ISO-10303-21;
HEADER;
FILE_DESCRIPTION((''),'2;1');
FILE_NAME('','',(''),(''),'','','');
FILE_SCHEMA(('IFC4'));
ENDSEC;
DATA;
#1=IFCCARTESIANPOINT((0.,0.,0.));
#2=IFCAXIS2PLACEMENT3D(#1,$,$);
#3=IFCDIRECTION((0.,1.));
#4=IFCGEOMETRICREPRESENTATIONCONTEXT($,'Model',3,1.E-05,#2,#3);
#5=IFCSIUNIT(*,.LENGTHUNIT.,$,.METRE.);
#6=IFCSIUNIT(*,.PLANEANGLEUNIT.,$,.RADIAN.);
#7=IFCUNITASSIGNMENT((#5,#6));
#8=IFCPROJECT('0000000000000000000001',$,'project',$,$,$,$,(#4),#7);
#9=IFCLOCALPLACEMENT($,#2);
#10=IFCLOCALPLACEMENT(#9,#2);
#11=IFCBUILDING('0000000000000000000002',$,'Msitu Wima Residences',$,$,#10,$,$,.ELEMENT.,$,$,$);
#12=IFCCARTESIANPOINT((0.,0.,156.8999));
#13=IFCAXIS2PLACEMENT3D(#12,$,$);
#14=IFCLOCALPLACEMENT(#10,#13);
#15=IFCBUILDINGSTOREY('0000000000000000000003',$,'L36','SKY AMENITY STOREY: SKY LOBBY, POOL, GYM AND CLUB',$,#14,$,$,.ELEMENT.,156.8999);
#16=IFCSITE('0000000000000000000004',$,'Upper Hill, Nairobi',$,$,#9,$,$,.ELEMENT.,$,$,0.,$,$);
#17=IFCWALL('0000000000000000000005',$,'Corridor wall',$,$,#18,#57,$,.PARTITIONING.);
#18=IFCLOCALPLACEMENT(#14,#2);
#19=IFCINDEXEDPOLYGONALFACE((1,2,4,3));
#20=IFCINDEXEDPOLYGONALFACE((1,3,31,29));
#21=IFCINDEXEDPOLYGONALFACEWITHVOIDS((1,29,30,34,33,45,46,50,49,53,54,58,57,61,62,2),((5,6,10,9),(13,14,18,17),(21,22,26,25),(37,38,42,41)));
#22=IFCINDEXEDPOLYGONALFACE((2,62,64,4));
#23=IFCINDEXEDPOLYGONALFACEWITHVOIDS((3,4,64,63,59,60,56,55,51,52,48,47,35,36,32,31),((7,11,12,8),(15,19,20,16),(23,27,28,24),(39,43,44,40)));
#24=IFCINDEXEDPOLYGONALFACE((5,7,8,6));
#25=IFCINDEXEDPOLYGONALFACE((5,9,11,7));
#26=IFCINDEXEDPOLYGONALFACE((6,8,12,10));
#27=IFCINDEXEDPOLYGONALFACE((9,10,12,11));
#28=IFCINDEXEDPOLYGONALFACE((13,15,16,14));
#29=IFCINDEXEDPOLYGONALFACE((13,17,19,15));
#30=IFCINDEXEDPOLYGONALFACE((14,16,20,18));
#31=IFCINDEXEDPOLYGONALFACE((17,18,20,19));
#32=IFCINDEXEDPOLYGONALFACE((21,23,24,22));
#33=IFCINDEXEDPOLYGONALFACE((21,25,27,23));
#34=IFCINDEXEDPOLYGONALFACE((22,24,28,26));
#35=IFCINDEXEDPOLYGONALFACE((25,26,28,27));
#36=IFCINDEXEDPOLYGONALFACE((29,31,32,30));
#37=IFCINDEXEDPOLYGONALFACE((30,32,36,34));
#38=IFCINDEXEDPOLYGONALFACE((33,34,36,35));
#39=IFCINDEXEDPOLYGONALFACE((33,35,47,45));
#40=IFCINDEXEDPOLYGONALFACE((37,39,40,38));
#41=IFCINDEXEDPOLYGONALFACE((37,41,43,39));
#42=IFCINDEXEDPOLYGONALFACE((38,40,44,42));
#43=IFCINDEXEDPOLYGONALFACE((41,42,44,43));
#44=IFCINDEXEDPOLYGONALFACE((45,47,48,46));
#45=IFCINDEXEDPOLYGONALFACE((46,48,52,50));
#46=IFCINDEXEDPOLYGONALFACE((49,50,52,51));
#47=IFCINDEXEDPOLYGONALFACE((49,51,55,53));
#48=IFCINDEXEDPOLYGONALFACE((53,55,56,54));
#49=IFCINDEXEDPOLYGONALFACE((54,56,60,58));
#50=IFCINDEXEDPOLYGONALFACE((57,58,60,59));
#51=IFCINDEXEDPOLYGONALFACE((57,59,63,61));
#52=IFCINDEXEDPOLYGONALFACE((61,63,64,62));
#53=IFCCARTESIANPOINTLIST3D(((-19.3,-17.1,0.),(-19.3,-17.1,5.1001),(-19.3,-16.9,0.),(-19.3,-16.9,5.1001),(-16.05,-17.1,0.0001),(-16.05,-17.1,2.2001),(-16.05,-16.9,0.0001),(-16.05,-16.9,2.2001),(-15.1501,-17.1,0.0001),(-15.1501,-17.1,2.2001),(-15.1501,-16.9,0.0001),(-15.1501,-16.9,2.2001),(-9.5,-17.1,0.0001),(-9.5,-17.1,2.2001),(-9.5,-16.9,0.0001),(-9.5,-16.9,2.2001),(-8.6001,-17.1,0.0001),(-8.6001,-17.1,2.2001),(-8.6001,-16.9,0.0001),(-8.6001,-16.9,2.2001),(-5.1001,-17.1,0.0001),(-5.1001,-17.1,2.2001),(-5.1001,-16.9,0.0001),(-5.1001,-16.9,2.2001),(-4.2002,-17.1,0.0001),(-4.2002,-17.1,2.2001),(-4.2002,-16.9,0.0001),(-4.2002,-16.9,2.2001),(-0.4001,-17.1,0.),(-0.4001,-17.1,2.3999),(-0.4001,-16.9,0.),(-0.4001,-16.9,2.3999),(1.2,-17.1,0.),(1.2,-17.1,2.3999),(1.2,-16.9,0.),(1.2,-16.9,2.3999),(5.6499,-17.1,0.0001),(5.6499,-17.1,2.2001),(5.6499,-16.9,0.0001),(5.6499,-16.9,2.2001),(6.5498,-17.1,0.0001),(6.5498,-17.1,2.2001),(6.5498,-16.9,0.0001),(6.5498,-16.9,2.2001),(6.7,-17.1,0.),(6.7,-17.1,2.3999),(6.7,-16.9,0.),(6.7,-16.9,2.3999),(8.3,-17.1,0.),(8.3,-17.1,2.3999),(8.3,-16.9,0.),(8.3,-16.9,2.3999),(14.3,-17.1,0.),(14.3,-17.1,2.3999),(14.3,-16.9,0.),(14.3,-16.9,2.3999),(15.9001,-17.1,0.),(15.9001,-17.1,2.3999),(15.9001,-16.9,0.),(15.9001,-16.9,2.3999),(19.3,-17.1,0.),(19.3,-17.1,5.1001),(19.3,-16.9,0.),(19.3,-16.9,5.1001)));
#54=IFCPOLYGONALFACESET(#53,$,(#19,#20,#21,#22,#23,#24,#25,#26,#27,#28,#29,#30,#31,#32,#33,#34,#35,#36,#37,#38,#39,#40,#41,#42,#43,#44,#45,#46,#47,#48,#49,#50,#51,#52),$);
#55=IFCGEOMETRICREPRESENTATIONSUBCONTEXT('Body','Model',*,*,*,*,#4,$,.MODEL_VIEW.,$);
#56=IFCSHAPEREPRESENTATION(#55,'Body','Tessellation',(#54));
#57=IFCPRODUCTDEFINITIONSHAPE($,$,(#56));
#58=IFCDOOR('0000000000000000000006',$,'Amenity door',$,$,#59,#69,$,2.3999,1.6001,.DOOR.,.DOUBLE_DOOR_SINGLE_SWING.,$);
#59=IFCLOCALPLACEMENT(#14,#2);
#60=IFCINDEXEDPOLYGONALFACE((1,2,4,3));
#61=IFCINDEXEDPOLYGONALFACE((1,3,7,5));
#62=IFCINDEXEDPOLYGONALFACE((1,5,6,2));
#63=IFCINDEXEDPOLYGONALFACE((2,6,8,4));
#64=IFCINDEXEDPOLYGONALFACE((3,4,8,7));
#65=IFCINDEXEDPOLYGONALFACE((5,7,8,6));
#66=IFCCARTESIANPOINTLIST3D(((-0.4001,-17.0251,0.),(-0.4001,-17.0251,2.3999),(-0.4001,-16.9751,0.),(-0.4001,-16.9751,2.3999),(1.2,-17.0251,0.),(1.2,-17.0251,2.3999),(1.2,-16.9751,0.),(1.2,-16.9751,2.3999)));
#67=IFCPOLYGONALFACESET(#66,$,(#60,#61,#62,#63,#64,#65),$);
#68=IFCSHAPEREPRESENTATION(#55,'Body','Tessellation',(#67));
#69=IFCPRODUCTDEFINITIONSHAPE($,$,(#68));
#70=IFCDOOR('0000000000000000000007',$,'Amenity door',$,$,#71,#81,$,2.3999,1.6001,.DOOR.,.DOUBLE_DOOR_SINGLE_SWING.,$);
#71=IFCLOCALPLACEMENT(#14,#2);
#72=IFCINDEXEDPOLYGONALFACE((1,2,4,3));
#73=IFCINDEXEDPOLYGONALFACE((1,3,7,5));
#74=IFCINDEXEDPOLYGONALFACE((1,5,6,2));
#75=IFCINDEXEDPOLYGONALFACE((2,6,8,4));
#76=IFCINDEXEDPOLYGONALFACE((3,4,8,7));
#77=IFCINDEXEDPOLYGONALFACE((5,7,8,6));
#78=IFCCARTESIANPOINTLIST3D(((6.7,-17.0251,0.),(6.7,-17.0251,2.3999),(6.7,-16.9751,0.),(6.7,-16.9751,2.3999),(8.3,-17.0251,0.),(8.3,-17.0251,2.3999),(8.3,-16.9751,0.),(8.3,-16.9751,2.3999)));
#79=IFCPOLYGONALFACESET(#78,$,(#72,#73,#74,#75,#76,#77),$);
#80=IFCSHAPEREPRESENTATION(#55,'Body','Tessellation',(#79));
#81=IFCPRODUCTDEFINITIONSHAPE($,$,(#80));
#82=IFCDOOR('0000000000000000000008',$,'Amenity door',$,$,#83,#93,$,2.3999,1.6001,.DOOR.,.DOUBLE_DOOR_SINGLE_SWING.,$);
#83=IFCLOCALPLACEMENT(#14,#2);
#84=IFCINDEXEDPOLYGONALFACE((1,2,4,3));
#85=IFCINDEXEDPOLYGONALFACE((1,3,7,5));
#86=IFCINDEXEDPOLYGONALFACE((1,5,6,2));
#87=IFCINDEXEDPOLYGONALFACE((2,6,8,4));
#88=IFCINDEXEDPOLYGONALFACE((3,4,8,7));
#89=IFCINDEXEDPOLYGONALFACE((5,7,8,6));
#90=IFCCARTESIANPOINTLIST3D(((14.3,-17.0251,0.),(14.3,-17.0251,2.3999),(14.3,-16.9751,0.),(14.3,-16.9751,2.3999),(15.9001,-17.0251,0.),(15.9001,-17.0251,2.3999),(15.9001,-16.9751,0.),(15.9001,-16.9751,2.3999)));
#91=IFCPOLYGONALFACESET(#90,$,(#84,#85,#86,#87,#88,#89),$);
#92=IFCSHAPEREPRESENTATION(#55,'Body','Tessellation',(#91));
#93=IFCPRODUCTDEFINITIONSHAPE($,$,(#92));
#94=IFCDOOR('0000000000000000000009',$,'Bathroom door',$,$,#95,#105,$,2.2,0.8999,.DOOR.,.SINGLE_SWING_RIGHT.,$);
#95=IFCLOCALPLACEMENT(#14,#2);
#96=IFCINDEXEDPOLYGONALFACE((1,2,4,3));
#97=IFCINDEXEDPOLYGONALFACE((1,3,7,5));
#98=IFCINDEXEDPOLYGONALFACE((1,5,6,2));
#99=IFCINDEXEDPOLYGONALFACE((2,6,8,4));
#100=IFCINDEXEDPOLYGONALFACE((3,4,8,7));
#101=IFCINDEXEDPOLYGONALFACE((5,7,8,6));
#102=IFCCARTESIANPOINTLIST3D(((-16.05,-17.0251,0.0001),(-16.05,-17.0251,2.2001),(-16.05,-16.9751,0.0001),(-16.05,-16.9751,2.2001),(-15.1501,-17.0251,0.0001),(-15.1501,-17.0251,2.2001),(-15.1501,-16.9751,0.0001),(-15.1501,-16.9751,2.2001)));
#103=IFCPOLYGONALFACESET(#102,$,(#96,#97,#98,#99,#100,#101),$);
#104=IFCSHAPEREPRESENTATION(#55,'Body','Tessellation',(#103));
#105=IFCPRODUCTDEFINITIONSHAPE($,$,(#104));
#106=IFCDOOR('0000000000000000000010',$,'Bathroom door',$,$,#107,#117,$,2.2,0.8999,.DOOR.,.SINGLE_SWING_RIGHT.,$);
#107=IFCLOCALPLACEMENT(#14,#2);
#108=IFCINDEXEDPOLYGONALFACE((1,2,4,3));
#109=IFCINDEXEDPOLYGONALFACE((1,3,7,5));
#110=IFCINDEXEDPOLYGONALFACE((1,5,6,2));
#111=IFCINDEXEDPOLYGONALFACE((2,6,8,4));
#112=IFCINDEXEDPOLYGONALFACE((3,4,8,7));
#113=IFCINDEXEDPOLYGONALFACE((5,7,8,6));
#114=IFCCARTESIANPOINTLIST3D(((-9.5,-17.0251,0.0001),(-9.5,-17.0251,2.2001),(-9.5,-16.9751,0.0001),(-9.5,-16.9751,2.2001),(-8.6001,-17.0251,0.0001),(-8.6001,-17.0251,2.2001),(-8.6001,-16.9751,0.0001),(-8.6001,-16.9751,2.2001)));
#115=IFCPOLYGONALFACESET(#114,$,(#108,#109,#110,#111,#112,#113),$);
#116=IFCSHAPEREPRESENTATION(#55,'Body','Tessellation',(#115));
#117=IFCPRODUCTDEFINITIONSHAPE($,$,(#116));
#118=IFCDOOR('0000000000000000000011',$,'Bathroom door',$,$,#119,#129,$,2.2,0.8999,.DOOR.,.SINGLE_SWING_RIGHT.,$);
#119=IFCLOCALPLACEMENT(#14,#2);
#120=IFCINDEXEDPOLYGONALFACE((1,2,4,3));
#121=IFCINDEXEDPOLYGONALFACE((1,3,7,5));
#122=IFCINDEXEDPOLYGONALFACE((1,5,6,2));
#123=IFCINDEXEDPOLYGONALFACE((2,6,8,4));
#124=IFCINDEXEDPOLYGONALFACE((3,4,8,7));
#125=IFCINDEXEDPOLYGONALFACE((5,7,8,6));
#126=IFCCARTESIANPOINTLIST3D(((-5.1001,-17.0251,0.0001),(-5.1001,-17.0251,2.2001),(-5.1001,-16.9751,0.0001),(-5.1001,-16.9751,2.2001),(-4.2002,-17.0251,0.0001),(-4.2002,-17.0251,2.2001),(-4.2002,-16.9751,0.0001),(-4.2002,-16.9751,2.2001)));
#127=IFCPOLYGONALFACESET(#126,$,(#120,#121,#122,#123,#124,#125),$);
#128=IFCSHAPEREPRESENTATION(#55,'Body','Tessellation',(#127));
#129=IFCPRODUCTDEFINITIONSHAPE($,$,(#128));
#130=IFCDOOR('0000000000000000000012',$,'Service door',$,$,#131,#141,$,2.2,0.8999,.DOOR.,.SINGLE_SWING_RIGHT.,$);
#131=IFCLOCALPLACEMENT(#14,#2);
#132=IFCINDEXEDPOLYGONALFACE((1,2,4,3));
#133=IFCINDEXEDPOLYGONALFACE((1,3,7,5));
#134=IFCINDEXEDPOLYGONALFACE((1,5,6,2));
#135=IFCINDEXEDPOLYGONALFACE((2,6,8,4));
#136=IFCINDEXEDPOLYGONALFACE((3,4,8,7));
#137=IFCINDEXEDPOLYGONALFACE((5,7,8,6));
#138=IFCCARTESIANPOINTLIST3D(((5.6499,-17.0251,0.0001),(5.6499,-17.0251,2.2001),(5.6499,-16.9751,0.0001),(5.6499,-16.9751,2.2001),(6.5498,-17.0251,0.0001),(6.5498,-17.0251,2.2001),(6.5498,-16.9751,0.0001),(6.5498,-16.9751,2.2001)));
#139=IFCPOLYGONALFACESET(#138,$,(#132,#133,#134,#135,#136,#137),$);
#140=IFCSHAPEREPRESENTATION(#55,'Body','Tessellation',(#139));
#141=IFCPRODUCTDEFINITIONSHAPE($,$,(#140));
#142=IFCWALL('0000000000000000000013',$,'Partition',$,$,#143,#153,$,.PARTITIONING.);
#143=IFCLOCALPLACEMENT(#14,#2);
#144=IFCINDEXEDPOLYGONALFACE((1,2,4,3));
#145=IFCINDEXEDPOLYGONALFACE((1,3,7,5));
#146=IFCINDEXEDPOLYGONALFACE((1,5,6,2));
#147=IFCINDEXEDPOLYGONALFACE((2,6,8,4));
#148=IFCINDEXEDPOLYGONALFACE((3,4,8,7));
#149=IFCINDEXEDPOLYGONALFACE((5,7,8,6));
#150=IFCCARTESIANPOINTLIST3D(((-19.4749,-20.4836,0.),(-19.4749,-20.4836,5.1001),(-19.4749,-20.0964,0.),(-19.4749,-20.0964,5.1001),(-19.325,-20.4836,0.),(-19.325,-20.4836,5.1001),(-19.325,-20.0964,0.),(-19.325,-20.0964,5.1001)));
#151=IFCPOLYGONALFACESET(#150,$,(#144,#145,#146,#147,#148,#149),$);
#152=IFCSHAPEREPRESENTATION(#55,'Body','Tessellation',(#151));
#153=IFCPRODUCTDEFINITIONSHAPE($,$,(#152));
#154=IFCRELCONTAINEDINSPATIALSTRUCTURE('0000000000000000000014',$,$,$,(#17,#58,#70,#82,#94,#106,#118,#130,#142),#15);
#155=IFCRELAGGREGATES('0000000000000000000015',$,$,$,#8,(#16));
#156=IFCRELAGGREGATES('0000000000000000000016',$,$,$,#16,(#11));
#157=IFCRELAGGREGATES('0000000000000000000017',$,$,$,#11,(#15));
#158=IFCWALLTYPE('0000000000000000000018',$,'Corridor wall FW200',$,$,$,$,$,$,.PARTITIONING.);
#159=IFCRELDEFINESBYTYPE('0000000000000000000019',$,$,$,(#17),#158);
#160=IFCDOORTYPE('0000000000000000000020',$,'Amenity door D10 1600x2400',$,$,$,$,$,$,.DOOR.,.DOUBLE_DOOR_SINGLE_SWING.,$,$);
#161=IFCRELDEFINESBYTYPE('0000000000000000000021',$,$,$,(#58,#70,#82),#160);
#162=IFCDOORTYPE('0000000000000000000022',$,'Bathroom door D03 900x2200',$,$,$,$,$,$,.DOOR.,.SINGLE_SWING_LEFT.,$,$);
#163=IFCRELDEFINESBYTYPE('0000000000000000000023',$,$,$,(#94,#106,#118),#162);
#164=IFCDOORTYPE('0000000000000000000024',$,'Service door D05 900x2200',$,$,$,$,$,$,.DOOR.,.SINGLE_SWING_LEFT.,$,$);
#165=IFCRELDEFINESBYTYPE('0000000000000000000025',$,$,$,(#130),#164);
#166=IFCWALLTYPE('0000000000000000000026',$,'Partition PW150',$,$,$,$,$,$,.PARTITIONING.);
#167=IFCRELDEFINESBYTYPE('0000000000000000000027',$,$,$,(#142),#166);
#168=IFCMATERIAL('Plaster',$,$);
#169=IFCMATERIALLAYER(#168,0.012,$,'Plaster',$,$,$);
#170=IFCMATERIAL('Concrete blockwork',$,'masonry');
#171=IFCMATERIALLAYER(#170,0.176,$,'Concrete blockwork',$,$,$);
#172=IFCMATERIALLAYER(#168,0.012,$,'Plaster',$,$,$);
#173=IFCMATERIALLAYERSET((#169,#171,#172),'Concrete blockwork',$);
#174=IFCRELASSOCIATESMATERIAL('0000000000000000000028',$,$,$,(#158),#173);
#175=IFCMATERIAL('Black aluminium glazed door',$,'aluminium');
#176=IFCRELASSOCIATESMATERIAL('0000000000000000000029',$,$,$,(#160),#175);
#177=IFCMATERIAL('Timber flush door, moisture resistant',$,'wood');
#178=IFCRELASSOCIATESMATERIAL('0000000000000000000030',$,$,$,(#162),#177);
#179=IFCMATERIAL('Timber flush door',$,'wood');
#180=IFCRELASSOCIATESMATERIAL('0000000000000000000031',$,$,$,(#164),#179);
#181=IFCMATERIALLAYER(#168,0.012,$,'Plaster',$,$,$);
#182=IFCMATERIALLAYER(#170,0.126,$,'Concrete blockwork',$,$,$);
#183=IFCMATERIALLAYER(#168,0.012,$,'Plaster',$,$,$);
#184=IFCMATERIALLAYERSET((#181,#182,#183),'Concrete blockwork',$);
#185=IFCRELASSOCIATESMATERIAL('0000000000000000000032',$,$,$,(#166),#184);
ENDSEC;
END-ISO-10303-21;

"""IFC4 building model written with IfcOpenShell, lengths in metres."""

from ifc_helpers import new_model, si_unit, direction, frame, frame_2d, origin, place, context, subcontext, project, spatial, rectangle, extrude, material, layer, layer_set, type_object, element, fill, save


model = new_model("IFC4")

# Units and contexts
model_context = context("Model", 3, precision=1e-05, world=origin(), true_north=direction((0.0, 1.0)))
body_context = subcontext(model_context, "Body", "Model", "MODEL_VIEW")
ifc_project = project(units=[si_unit("LENGTHUNIT", "METRE"), si_unit("PLANEANGLEUNIT", "RADIAN")], contexts=[model_context])

# Site, building, storey
site_placement = place(None, origin())
site = spatial("IfcSite", under=ifc_project, at=site_placement, Name="Upper Hill, Nairobi", CompositionType="ELEMENT", RefElevation=0.0)
building_placement = place(site_placement, origin())
building = spatial("IfcBuilding", under=site, at=building_placement, Name="Msitu Wima Residences", CompositionType="ELEMENT")
storey_placement = place(building_placement, frame((0.0, 0.0, 156.8999)))
storey = spatial("IfcBuildingStorey", under=building, at=storey_placement, Name="L36", Description="SKY AMENITY STOREY: SKY LOBBY, POOL, GYM AND CLUB", CompositionType="ELEMENT", Elevation=156.8999)

# Wall, openings, doors
ifc_material_1 = material(Name="Plaster")
ifc_layer_1 = layer(ifc_material_1, 0.012, Name="Plaster")
ifc_material_2 = material(Name="Concrete blockwork", Category="masonry")
ifc_layer_2 = layer(ifc_material_2, 0.176, Name="Concrete blockwork")
ifc_layer_3 = layer(ifc_material_1, 0.012, Name="Plaster")
ifc_layer_set_1 = layer_set([ifc_layer_1, ifc_layer_2, ifc_layer_3], Name="Concrete blockwork")
wall_type_1 = type_object("IfcWallType", Name="Corridor wall FW200", PredefinedType="PARTITIONING", material=ifc_layer_set_1)
ifc_material_3 = material(Name="Black aluminium glazed door", Category="aluminium")
door_type_1 = type_object("IfcDoorType", Name="Amenity door D10 1600x2400", OperationType="DOUBLE_DOOR_SINGLE_SWING", PredefinedType="DOOR", material=ifc_material_3)
wall_1_placement = place(storey_placement, frame((-19.3, -17.0, 0.0), z_axis=(0.0, 0.0, 1.0), x_axis=(1.0, 0.0, 0.0)))
wall_1 = element("IfcWall", 1, at=wall_1_placement, inside=storey, type_object=wall_type_1, Name="Corridor wall", PredefinedType="PARTITIONING", context=body_context, shape_type="SweptSolid", body=[
    extrude(rectangle(XDim=38.6001, YDim=0.2, at=frame_2d((19.3, 0.0))), origin(), (0.0, 0.0, 1.0), 5.1001),
])
opening_1_placement = place(wall_1_placement, frame((3.25, 0.0, 0.0)))
opening_1 = element("IfcOpeningElement", 2, at=opening_1_placement, cuts=wall_1, PredefinedType="OPENING", context=body_context, shape_type="SweptSolid", body=[
    extrude(rectangle(XDim=0.8999, YDim=2.2, at=frame_2d((0.45, 1.1001))), frame((0.0, 0.1099, 0.0), z_axis=(0.0, -1.0, 0.0), x_axis=(1.0, 0.0, 0.0)), (0.0, 0.0, 1.0), 0.22),
])
opening_2_placement = place(wall_1_placement, frame((9.8, 0.0, 0.0)))
opening_2 = element("IfcOpeningElement", 3, at=opening_2_placement, cuts=wall_1, PredefinedType="OPENING", context=body_context, shape_type="SweptSolid", body=[
    extrude(rectangle(XDim=0.8999, YDim=2.2, at=frame_2d((0.45, 1.1001))), frame((0.0, 0.1099, 0.0), z_axis=(0.0, -1.0, 0.0), x_axis=(1.0, 0.0, 0.0)), (0.0, 0.0, 1.0), 0.22),
])
opening_3_placement = place(wall_1_placement, frame((14.2, 0.0, 0.0)))
opening_3 = element("IfcOpeningElement", 4, at=opening_3_placement, cuts=wall_1, PredefinedType="OPENING", context=body_context, shape_type="SweptSolid", body=[
    extrude(rectangle(XDim=0.8999, YDim=2.2, at=frame_2d((0.45, 1.1001))), frame((0.0, 0.1099, 0.0), z_axis=(0.0, -1.0, 0.0), x_axis=(1.0, 0.0, 0.0)), (0.0, 0.0, 1.0), 0.22),
])
opening_4_placement = place(wall_1_placement, frame((18.8999, 0.0, 0.0)))
opening_4 = element("IfcOpeningElement", 5, at=opening_4_placement, cuts=wall_1, PredefinedType="OPENING", context=body_context, shape_type="SweptSolid", body=[
    extrude(rectangle(XDim=1.6001, YDim=2.3999, at=frame_2d((0.8, 1.2))), frame((0.0, 0.1099, 0.0), z_axis=(0.0, -1.0, 0.0), x_axis=(1.0, 0.0, 0.0)), (0.0, 0.0, 1.0), 0.22),
])
opening_5_placement = place(wall_1_placement, frame((26.0, 0.0, 0.0)))
opening_5 = element("IfcOpeningElement", 6, at=opening_5_placement, cuts=wall_1, PredefinedType="OPENING", context=body_context, shape_type="SweptSolid", body=[
    extrude(rectangle(XDim=1.6001, YDim=2.3999, at=frame_2d((0.8, 1.2))), frame((0.0, 0.1099, 0.0), z_axis=(0.0, -1.0, 0.0), x_axis=(1.0, 0.0, 0.0)), (0.0, 0.0, 1.0), 0.22),
])
opening_6_placement = place(wall_1_placement, frame((33.6001, 0.0, 0.0)))
opening_6 = element("IfcOpeningElement", 7, at=opening_6_placement, cuts=wall_1, PredefinedType="OPENING", context=body_context, shape_type="SweptSolid", body=[
    extrude(rectangle(XDim=1.6001, YDim=2.3999, at=frame_2d((0.8, 1.2))), frame((0.0, 0.1099, 0.0), z_axis=(0.0, -1.0, 0.0), x_axis=(1.0, 0.0, 0.0)), (0.0, 0.0, 1.0), 0.22),
])
opening_7_placement = place(wall_1_placement, frame((24.95, 0.0, 0.0)))
opening_7 = element("IfcOpeningElement", 8, at=opening_7_placement, cuts=wall_1, PredefinedType="OPENING", context=body_context, shape_type="SweptSolid", body=[
    extrude(rectangle(XDim=0.8999, YDim=2.2, at=frame_2d((0.45, 1.1001))), frame((0.0, 0.1099, 0.0), z_axis=(0.0, -1.0, 0.0), x_axis=(1.0, 0.0, 0.0)), (0.0, 0.0, 1.0), 0.22),
])
door_1_placement = place(opening_4_placement, origin())
door_1 = element("IfcDoor", 9, at=door_1_placement, inside=storey, type_object=door_type_1, Name="Amenity door", OperationType="DOUBLE_DOOR_SINGLE_SWING", OverallHeight=2.3999, OverallWidth=1.6001, PredefinedType="DOOR", context=body_context, shape_type="SweptSolid", body=[
    extrude(rectangle(XDim=1.6001, YDim=2.3999, at=frame_2d((0.8, 1.2))), frame((0.0, 0.0249, 0.0), z_axis=(0.0, -1.0, 0.0), x_axis=(1.0, 0.0, 0.0)), (0.0, 0.0, 1.0), 0.05),
])
fill(opening_4, door_1)
door_2_placement = place(opening_5_placement, origin())
door_2 = element("IfcDoor", 10, at=door_2_placement, inside=storey, type_object=door_type_1, Name="Amenity door", OperationType="DOUBLE_DOOR_SINGLE_SWING", OverallHeight=2.3999, OverallWidth=1.6001, PredefinedType="DOOR", context=body_context, shape_type="SweptSolid", body=[
    extrude(rectangle(XDim=1.6001, YDim=2.3999, at=frame_2d((0.8, 1.2))), frame((0.0, 0.0249, 0.0), z_axis=(0.0, -1.0, 0.0), x_axis=(1.0, 0.0, 0.0)), (0.0, 0.0, 1.0), 0.05),
])
fill(opening_5, door_2)
door_3_placement = place(opening_6_placement, origin())
door_3 = element("IfcDoor", 11, at=door_3_placement, inside=storey, type_object=door_type_1, Name="Amenity door", OperationType="DOUBLE_DOOR_SINGLE_SWING", OverallHeight=2.3999, OverallWidth=1.6001, PredefinedType="DOOR", context=body_context, shape_type="SweptSolid", body=[
    extrude(rectangle(XDim=1.6001, YDim=2.3999, at=frame_2d((0.8, 1.2))), frame((0.0, 0.0249, 0.0), z_axis=(0.0, -1.0, 0.0), x_axis=(1.0, 0.0, 0.0)), (0.0, 0.0, 1.0), 0.05),
])
fill(opening_6, door_3)
ifc_material_4 = material(Name="Timber flush door, moisture resistant", Category="wood")
door_type_2 = type_object("IfcDoorType", Name="Bathroom door D03 900x2200", OperationType="SINGLE_SWING_LEFT", PredefinedType="DOOR", material=ifc_material_4)
door_4_placement = place(opening_1_placement, origin())
door_4 = element("IfcDoor", 12, at=door_4_placement, inside=storey, type_object=door_type_2, Name="Bathroom door", OperationType="SINGLE_SWING_RIGHT", OverallHeight=2.2, OverallWidth=0.8999, PredefinedType="DOOR", context=body_context, shape_type="SweptSolid", body=[
    extrude(rectangle(XDim=0.8999, YDim=2.2, at=frame_2d((0.45, 1.1001))), frame((0.0, 0.0249, 0.0), z_axis=(0.0, -1.0, 0.0), x_axis=(1.0, 0.0, 0.0)), (0.0, 0.0, 1.0), 0.05),
])
fill(opening_1, door_4)
door_5_placement = place(opening_2_placement, origin())
door_5 = element("IfcDoor", 13, at=door_5_placement, inside=storey, type_object=door_type_2, Name="Bathroom door", OperationType="SINGLE_SWING_RIGHT", OverallHeight=2.2, OverallWidth=0.8999, PredefinedType="DOOR", context=body_context, shape_type="SweptSolid", body=[
    extrude(rectangle(XDim=0.8999, YDim=2.2, at=frame_2d((0.45, 1.1001))), frame((0.0, 0.0249, 0.0), z_axis=(0.0, -1.0, 0.0), x_axis=(1.0, 0.0, 0.0)), (0.0, 0.0, 1.0), 0.05),
])
fill(opening_2, door_5)
door_6_placement = place(opening_3_placement, origin())
door_6 = element("IfcDoor", 14, at=door_6_placement, inside=storey, type_object=door_type_2, Name="Bathroom door", OperationType="SINGLE_SWING_RIGHT", OverallHeight=2.2, OverallWidth=0.8999, PredefinedType="DOOR", context=body_context, shape_type="SweptSolid", body=[
    extrude(rectangle(XDim=0.8999, YDim=2.2, at=frame_2d((0.45, 1.1001))), frame((0.0, 0.0249, 0.0), z_axis=(0.0, -1.0, 0.0), x_axis=(1.0, 0.0, 0.0)), (0.0, 0.0, 1.0), 0.05),
])
fill(opening_3, door_6)
ifc_material_5 = material(Name="Timber flush door", Category="wood")
door_type_3 = type_object("IfcDoorType", Name="Service door D05 900x2200", OperationType="SINGLE_SWING_LEFT", PredefinedType="DOOR", material=ifc_material_5)
door_7_placement = place(opening_7_placement, origin())
door_7 = element("IfcDoor", 15, at=door_7_placement, inside=storey, type_object=door_type_3, Name="Service door", OperationType="SINGLE_SWING_RIGHT", OverallHeight=2.2, OverallWidth=0.8999, PredefinedType="DOOR", context=body_context, shape_type="SweptSolid", body=[
    extrude(rectangle(XDim=0.8999, YDim=2.2, at=frame_2d((0.45, 1.1001))), frame((0.0, 0.0249, 0.0), z_axis=(0.0, -1.0, 0.0), x_axis=(1.0, 0.0, 0.0)), (0.0, 0.0, 1.0), 0.05),
])
fill(opening_7, door_7)

# Wall
ifc_layer_4 = layer(ifc_material_1, 0.012, Name="Plaster")
ifc_layer_5 = layer(ifc_material_2, 0.126, Name="Concrete blockwork")
ifc_layer_6 = layer(ifc_material_1, 0.012, Name="Plaster")
ifc_layer_set_2 = layer_set([ifc_layer_4, ifc_layer_5, ifc_layer_6], Name="Concrete blockwork")
wall_type_2 = type_object("IfcWallType", Name="Partition PW150", PredefinedType="PARTITIONING", material=ifc_layer_set_2)
wall_2_placement = place(storey_placement, frame((-19.3999, -20.4836, 0.0), z_axis=(0.0, 0.0, 1.0), x_axis=(0.0, 1.0, 0.0)))
element("IfcWall", 16, at=wall_2_placement, inside=storey, type_object=wall_type_2, Name="Partition", PredefinedType="PARTITIONING", context=body_context, shape_type="SweptSolid", body=[
    extrude(rectangle(XDim=0.3872, YDim=0.1499, at=frame_2d((0.1936, 0.0))), origin(), (0.0, 0.0, 1.0), 5.1001),
])

save(model, "model.ifc")
